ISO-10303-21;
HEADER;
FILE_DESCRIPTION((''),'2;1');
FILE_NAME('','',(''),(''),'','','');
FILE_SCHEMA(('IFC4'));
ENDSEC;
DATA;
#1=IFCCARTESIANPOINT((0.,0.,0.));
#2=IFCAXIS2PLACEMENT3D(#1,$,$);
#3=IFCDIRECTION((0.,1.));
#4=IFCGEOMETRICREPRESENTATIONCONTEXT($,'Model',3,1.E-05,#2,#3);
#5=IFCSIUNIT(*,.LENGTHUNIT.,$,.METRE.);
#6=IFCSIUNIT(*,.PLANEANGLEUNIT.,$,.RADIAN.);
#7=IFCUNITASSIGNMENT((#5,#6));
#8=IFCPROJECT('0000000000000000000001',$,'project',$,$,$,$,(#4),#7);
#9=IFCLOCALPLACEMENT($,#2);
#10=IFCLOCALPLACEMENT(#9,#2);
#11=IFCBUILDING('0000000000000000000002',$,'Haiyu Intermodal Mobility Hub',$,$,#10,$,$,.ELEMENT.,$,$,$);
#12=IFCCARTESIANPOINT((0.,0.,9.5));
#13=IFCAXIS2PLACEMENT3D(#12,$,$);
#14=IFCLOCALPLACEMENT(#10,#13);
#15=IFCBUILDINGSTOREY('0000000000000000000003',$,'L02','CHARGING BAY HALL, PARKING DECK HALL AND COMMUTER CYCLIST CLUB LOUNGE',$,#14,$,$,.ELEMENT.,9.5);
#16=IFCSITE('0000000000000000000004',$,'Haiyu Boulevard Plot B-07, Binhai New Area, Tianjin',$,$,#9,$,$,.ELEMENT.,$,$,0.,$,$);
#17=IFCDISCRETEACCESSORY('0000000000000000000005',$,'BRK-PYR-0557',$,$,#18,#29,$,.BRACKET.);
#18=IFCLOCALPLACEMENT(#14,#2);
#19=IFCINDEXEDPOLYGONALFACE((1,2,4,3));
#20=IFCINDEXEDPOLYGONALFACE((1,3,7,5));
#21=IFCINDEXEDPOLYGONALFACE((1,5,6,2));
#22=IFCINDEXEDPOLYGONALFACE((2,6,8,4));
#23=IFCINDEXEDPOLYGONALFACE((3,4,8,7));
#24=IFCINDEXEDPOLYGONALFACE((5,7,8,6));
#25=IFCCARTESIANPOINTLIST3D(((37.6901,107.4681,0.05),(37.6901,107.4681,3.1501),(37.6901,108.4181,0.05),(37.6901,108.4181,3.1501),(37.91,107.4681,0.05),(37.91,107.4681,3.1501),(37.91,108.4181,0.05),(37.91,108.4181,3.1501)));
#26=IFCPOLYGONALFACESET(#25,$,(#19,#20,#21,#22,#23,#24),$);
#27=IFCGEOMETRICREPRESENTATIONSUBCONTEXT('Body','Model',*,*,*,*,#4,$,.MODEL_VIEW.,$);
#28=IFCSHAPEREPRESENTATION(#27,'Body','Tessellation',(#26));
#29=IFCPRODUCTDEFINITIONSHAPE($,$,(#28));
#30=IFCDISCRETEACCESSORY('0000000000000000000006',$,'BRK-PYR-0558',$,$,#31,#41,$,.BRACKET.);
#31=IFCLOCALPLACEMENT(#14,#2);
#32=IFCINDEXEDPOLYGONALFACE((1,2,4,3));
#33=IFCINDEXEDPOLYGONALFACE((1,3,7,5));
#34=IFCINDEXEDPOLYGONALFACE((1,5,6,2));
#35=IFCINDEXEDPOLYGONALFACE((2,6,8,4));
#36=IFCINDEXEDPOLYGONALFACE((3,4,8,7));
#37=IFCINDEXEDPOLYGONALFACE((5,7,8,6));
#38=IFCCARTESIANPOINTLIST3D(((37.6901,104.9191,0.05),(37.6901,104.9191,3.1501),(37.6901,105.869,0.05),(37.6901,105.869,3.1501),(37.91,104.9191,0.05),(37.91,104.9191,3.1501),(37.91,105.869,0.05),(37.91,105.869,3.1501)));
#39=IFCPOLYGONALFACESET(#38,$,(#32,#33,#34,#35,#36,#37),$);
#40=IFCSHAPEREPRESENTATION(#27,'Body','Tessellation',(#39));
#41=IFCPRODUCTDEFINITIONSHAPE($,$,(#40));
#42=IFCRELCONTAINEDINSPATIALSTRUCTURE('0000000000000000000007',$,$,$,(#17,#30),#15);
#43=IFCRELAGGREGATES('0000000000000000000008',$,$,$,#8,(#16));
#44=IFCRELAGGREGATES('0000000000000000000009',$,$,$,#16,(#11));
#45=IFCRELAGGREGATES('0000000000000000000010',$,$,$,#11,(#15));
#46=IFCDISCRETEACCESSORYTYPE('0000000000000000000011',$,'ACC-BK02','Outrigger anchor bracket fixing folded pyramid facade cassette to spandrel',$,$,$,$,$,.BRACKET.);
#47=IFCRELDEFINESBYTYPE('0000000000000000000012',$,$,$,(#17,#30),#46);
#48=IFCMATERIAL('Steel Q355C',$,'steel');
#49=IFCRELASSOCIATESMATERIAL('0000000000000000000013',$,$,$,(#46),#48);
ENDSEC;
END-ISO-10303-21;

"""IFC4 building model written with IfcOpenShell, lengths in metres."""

from ifc_helpers import new_model, si_unit, direction, frame, origin, origin_2d, place, context, subcontext, project, spatial, rectangle, extrude, material, type_object, element, save


model = new_model("IFC4")

# Units and contexts
model_context = context("Model", 3, precision=1e-05, world=origin(), true_north=direction((0.0, 1.0)))
body_context = subcontext(model_context, "Body", "Model", "MODEL_VIEW")
ifc_project = project(units=[si_unit("LENGTHUNIT", "METRE"), si_unit("PLANEANGLEUNIT", "RADIAN")], contexts=[model_context])

# Site, building, storey
site_placement = place(None, origin())
site = spatial("IfcSite", under=ifc_project, at=site_placement, Name="Haiyu Boulevard Plot B-07, Binhai New Area, Tianjin", CompositionType="ELEMENT", RefElevation=0.0)
building_placement = place(site_placement, origin())
building = spatial("IfcBuilding", under=site, at=building_placement, Name="Haiyu Intermodal Mobility Hub", CompositionType="ELEMENT")
storey_placement = place(building_placement, frame((0.0, 0.0, 9.5)))
storey = spatial("IfcBuildingStorey", under=building, at=storey_placement, Name="L02", Description="CHARGING BAY HALL, PARKING DECK HALL AND COMMUTER CYCLIST CLUB LOUNGE", CompositionType="ELEMENT", Elevation=9.5)

# Shared definitions
ifc_material_1 = material(Name="Steel Q355C", Category="steel")

# Discrete accessories
discrete_accessory_type_1 = type_object("IfcDiscreteAccessoryType", Name="ACC-BK02", Description="Outrigger anchor bracket fixing folded pyramid facade cassette to spandrel", PredefinedType="BRACKET", material=ifc_material_1)
for number, where, z_axis, x_axis, name in (
    (1, (37.8, 107.9431, 0.05), (0.0, 0.0, 1.0), (1.0, 0.0, 0.0), "BRK-PYR-0557"),
    (2, (37.8, 105.394, 0.05), (0.0, 0.0, 1.0), (1.0, 0.0, 0.0), "BRK-PYR-0558"),
):
    element("IfcDiscreteAccessory", number, at=place(storey_placement, frame(where, z_axis=z_axis, x_axis=x_axis)), inside=storey, type_object=discrete_accessory_type_1, Name=name, PredefinedType="BRACKET", context=body_context, shape_type="SweptSolid", body=[
        extrude(rectangle(XDim=0.22, YDim=0.95, at=origin_2d()), origin(), (0.0, 0.0, 1.0), 3.1001),
    ])

save(model, "model.ifc")
